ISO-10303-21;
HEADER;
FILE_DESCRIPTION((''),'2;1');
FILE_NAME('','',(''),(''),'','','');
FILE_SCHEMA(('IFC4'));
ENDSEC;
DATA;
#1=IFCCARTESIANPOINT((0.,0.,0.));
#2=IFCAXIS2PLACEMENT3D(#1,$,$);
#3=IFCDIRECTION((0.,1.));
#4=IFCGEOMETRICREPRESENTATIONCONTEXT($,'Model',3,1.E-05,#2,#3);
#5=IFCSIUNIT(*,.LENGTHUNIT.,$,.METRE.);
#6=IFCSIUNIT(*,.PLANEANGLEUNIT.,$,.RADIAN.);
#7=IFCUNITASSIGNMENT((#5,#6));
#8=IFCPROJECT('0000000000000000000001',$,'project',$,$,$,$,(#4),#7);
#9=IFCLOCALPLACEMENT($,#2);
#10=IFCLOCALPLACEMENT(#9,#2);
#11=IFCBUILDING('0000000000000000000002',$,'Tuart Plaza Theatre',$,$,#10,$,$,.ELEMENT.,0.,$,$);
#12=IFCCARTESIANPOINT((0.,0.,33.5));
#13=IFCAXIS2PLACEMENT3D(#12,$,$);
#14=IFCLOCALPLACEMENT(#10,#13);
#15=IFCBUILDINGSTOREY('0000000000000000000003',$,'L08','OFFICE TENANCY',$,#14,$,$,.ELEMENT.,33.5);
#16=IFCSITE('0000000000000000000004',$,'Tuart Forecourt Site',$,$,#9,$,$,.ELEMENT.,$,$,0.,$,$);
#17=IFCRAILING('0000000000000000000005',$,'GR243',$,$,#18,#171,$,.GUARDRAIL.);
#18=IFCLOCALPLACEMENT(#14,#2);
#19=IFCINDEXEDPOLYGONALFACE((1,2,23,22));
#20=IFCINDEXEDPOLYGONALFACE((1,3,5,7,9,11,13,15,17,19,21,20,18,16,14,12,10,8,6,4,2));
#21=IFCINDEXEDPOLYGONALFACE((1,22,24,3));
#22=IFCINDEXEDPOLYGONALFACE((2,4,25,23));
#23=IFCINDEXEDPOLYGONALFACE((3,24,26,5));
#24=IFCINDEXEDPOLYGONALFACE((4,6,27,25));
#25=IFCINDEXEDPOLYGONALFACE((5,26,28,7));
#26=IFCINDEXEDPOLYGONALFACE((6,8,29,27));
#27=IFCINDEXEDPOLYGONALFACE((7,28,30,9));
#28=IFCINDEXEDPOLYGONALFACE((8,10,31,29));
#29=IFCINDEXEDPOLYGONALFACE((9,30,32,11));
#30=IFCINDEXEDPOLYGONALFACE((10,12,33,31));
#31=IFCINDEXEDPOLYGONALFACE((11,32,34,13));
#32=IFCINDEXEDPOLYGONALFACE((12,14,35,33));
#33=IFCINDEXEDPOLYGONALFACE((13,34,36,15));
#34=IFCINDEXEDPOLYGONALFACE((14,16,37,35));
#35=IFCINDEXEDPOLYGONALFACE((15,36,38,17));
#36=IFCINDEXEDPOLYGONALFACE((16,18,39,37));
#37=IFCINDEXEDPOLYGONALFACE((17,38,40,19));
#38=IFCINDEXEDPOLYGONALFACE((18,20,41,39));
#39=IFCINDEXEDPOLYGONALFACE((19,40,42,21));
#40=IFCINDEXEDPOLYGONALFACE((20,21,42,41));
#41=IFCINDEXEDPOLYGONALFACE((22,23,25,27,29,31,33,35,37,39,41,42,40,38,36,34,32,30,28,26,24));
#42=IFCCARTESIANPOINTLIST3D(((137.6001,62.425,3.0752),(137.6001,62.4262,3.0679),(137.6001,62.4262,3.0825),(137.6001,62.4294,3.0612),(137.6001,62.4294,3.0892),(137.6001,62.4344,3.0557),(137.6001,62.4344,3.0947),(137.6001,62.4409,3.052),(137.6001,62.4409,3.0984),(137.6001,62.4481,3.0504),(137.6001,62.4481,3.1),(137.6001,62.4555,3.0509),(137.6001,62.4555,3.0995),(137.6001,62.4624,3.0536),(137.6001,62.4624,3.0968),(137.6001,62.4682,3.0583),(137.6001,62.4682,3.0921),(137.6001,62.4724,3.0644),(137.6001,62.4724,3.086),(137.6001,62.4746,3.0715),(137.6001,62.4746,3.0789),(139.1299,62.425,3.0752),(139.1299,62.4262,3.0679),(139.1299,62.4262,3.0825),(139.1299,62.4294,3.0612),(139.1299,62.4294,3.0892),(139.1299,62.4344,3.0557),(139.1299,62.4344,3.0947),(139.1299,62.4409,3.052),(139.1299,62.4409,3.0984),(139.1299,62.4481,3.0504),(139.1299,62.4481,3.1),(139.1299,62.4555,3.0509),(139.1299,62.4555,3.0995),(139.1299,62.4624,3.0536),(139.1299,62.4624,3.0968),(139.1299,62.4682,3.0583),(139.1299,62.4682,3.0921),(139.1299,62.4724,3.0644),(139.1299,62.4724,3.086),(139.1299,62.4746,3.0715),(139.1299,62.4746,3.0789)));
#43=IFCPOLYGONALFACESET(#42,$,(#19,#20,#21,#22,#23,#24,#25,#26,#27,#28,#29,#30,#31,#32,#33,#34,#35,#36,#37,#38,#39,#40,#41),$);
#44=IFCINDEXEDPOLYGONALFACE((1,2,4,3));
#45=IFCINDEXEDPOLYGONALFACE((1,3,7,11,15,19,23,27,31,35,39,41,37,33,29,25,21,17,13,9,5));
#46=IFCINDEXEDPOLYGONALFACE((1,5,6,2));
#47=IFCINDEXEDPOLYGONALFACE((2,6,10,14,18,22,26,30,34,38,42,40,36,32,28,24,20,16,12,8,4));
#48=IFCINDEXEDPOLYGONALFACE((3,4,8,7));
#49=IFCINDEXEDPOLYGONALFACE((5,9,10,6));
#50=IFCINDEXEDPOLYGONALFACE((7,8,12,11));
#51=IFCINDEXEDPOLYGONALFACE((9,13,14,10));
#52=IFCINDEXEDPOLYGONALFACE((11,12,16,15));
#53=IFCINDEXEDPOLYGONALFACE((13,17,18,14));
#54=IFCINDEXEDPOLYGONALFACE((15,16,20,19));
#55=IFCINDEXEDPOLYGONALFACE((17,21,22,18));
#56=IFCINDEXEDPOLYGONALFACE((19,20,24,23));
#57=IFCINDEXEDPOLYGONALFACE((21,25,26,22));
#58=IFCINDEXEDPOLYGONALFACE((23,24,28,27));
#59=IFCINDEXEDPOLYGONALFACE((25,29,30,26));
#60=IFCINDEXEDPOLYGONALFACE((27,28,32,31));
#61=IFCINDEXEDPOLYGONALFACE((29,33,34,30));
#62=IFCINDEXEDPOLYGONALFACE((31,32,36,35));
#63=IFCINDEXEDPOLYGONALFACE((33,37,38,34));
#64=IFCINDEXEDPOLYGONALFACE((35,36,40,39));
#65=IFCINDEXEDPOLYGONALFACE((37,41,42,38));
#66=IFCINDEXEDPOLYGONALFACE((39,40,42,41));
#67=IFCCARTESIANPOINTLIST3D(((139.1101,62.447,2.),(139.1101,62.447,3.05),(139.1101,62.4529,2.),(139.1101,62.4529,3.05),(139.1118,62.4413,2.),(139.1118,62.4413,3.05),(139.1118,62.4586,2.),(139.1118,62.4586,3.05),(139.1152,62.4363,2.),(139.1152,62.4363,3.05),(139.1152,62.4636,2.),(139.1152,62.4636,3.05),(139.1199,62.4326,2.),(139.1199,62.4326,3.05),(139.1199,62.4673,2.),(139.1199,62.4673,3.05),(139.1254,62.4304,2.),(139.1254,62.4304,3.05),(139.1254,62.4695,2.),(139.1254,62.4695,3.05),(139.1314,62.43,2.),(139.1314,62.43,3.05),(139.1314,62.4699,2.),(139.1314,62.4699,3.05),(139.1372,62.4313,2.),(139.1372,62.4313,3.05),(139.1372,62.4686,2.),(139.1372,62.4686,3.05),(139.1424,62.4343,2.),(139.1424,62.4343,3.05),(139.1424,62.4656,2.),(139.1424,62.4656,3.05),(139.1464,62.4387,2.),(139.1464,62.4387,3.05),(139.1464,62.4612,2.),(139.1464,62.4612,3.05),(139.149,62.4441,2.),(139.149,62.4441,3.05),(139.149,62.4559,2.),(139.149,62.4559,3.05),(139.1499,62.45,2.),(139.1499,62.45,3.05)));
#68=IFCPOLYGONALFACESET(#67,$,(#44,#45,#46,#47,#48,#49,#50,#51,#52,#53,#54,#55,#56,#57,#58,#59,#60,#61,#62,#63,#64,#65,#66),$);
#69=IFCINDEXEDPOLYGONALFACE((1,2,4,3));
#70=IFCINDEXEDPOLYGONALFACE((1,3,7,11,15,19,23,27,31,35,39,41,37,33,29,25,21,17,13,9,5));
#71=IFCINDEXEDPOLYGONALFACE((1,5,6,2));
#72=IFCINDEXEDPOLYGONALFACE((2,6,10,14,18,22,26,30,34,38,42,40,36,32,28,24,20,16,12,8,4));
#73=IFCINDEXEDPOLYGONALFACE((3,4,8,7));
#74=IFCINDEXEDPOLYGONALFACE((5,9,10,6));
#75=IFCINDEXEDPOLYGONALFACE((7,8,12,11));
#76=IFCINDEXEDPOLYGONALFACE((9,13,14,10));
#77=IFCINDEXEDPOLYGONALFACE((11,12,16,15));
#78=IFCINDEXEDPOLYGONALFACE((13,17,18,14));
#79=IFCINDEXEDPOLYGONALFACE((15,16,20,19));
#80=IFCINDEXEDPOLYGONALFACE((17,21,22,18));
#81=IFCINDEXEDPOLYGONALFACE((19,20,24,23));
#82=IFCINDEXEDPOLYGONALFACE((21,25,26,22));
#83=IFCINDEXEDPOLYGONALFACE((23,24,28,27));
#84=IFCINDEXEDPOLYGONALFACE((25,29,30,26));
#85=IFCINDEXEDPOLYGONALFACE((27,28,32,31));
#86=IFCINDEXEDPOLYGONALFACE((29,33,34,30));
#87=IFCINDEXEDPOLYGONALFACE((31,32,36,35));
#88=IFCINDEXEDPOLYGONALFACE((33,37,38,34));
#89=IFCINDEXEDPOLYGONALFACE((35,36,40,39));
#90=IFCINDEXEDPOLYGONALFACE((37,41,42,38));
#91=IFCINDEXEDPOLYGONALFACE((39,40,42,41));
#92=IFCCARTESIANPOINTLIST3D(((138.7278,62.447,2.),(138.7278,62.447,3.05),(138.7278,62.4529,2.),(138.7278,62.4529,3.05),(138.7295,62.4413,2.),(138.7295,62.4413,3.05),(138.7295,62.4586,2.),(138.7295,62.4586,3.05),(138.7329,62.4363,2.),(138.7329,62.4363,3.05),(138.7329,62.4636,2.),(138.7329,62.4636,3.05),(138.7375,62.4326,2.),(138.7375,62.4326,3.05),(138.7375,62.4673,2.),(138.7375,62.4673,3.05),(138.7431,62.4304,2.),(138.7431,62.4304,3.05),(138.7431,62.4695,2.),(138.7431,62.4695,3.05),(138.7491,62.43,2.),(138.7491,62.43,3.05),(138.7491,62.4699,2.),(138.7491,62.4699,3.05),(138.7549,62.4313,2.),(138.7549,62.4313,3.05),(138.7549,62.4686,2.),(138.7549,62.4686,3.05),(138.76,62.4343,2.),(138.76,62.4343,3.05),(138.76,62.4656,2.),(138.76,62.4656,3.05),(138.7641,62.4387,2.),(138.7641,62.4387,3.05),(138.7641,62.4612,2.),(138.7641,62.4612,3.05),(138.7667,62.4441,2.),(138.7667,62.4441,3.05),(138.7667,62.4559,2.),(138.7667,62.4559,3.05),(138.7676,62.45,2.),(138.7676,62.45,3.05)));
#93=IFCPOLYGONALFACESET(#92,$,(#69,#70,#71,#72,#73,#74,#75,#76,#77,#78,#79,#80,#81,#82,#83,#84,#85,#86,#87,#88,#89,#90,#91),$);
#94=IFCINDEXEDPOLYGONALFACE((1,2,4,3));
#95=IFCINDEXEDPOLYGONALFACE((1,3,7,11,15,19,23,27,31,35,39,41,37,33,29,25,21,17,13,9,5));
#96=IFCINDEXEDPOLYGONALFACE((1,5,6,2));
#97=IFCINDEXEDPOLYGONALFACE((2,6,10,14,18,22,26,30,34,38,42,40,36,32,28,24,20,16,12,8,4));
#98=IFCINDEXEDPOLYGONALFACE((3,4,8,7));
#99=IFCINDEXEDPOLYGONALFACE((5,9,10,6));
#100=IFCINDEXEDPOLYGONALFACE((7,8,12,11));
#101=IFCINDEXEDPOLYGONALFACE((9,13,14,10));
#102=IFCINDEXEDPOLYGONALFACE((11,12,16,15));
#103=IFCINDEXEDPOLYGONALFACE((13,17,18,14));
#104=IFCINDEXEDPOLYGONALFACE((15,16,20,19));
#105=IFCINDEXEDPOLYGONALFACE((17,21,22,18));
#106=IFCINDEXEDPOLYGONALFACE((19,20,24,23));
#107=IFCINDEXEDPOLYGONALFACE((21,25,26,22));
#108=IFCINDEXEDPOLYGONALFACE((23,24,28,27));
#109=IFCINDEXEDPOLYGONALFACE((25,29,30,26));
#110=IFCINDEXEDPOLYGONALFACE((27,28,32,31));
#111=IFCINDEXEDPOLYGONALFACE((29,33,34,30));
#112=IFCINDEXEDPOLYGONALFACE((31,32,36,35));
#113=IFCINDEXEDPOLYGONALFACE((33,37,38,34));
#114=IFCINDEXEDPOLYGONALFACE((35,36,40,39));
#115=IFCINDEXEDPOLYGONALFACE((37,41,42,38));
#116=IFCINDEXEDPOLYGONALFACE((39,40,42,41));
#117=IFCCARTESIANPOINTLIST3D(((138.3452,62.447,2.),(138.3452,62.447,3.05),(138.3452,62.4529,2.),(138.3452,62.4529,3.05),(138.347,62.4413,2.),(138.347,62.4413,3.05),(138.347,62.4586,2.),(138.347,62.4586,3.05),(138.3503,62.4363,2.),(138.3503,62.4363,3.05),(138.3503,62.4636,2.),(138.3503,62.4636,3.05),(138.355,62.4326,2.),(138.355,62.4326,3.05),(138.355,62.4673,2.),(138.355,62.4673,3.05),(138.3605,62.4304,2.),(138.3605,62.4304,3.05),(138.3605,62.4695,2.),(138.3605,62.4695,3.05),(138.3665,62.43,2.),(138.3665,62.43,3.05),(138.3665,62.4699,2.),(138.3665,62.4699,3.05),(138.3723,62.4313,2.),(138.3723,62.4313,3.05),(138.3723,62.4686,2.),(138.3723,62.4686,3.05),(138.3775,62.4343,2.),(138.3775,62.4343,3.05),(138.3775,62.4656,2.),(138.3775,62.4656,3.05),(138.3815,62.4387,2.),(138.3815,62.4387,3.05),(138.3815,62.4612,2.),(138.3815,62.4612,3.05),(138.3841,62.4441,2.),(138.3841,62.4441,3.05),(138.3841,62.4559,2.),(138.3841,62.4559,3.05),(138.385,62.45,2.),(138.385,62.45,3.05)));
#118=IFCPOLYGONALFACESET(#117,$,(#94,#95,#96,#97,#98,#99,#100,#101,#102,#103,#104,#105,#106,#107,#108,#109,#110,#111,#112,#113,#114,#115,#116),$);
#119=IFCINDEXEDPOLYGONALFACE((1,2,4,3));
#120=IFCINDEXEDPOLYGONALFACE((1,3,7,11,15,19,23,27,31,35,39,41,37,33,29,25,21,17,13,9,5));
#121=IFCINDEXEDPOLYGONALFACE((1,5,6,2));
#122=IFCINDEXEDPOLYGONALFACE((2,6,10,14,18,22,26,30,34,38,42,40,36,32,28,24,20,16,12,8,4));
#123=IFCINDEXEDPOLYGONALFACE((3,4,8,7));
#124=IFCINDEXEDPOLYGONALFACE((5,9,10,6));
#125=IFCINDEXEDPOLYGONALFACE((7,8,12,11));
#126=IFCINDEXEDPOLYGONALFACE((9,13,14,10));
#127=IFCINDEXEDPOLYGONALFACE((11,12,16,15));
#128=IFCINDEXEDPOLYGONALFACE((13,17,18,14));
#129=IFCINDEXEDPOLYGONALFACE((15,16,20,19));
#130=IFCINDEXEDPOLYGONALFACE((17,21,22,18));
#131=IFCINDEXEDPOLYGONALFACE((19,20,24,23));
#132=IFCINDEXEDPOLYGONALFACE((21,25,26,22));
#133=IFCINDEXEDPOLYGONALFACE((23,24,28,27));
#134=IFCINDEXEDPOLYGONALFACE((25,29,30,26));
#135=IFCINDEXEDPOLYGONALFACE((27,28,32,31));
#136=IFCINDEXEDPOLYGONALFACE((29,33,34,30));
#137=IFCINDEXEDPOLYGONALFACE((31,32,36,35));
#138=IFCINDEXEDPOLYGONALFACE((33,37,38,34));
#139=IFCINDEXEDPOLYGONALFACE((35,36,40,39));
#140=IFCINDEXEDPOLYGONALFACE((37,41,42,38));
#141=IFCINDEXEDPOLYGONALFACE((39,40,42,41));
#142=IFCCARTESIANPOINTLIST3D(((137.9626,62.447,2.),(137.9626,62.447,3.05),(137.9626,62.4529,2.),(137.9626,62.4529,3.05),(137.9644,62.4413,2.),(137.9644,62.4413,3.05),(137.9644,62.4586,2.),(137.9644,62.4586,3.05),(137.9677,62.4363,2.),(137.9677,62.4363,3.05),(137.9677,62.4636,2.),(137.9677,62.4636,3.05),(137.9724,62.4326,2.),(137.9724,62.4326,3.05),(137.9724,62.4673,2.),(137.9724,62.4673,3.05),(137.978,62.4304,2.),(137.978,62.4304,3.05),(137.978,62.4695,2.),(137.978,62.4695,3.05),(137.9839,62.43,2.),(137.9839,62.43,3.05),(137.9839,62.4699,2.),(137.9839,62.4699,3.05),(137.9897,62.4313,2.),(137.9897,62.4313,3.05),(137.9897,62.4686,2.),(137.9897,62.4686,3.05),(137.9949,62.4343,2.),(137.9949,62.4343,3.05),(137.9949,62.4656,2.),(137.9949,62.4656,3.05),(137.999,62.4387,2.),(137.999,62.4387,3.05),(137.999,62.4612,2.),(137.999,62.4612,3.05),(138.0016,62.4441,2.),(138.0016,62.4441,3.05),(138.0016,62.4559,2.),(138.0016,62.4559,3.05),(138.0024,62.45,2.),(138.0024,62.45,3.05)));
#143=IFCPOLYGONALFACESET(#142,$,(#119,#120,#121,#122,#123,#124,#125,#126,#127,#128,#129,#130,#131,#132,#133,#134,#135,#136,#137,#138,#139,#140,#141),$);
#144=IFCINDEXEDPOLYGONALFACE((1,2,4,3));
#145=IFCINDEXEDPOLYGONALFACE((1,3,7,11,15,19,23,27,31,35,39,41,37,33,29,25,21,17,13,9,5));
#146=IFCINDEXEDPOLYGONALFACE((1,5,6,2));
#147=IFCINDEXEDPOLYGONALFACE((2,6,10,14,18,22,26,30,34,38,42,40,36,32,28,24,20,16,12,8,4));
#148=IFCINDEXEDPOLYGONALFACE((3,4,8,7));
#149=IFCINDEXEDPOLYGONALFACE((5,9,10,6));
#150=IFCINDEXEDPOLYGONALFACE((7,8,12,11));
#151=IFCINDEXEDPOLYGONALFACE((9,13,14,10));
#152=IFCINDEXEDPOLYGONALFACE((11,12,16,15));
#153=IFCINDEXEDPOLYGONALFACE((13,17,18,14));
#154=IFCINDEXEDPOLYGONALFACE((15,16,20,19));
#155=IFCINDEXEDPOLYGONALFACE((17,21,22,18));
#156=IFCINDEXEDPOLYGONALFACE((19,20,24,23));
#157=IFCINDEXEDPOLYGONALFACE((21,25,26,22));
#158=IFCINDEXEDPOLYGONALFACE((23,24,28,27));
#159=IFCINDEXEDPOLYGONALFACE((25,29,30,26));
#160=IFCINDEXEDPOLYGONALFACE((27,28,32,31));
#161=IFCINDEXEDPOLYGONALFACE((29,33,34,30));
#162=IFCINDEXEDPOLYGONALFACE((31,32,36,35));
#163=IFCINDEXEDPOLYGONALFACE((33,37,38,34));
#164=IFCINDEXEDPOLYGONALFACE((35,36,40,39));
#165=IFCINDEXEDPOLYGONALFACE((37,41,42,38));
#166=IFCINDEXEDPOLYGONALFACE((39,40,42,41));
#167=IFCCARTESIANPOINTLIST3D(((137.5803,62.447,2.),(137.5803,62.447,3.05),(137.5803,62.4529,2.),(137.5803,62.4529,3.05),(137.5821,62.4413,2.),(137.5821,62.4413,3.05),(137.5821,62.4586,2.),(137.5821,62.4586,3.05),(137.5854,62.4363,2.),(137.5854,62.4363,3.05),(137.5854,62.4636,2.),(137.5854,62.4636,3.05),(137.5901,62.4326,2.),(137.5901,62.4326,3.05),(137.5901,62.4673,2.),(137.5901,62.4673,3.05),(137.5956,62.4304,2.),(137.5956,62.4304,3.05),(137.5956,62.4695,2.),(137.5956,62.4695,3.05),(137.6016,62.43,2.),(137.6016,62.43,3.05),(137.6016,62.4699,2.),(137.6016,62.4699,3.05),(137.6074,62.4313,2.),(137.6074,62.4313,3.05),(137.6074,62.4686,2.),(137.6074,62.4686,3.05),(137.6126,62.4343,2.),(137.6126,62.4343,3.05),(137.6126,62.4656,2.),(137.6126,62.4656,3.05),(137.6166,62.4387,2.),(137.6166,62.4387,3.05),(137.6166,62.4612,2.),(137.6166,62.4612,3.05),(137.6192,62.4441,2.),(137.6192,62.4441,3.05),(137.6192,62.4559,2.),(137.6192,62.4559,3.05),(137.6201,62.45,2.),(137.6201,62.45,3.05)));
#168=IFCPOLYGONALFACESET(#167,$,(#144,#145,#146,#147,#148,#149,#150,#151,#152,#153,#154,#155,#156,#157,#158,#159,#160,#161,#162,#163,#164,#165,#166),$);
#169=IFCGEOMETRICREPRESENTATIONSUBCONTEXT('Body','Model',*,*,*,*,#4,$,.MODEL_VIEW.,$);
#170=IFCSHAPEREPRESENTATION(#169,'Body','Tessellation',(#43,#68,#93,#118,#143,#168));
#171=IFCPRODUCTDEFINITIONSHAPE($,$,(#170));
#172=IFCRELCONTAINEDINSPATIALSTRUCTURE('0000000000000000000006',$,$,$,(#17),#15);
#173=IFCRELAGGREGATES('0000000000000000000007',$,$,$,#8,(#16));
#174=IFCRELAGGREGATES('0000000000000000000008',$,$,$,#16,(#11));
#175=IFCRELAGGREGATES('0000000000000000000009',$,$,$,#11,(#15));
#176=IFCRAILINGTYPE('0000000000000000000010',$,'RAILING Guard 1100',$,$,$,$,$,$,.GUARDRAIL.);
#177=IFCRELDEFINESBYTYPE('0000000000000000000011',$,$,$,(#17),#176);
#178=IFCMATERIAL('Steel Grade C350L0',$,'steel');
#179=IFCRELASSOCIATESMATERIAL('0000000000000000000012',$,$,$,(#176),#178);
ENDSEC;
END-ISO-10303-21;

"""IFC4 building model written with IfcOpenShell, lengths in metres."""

from ifc_helpers import new_model, si_unit, direction, frame, origin, origin_2d, place, context, subcontext, project, spatial, circle, extrude, material, type_object, element, save


model = new_model("IFC4")

# Units and contexts
model_context = context("Model", 3, precision=1e-05, world=origin(), true_north=direction((0.0, 1.0)))
body_context = subcontext(model_context, "Body", "Model", "MODEL_VIEW")
ifc_project = project(units=[si_unit("LENGTHUNIT", "METRE"), si_unit("PLANEANGLEUNIT", "RADIAN")], contexts=[model_context])

# Site, building, storey
site_placement = place(None, origin())
site = spatial("IfcSite", under=ifc_project, at=site_placement, Name="Tuart Forecourt Site", CompositionType="ELEMENT", RefElevation=0.0)
building_placement = place(site_placement, origin())
building = spatial("IfcBuilding", under=site, at=building_placement, Name="Tuart Plaza Theatre", CompositionType="ELEMENT", ElevationOfRefHeight=0.0)
storey_placement = place(building_placement, frame((0.0, 0.0, 33.5)))
storey = spatial("IfcBuildingStorey", under=building, at=storey_placement, Name="L08", Description="OFFICE TENANCY", CompositionType="ELEMENT", Elevation=33.5)

# Railing
ifc_material_1 = material(Name="Steel Grade C350L0", Category="steel")
railing_type_1 = type_object("IfcRailingType", Name="RAILING Guard 1100", PredefinedType="GUARDRAIL", material=ifc_material_1)
railing_1_placement = place(storey_placement, frame((139.1299, 62.45, 2.0)))
element("IfcRailing", 1, at=railing_1_placement, inside=storey, type_object=railing_type_1, Name="GR243", PredefinedType="GUARDRAIL", context=body_context, shape_type="SweptSolid", body=[
    extrude(circle(Radius=0.0249, at=origin_2d()), frame((0.0, 0.0, 1.0752), z_axis=(-1.0, 0.0, 0.0), x_axis=(0.0, -1.0, 0.0)), (0.0, 0.0, 1.0), 1.5298),
    extrude(circle(Radius=0.02, at=origin_2d()), origin(), (0.0, 0.0, 1.0), 1.05),
    extrude(circle(Radius=0.02, at=origin_2d()), frame((-0.3823, 0.0, 0.0)), (0.0, 0.0, 1.0), 1.05),
    extrude(circle(Radius=0.02, at=origin_2d()), frame((-0.7649, 0.0, 0.0)), (0.0, 0.0, 1.0), 1.05),
    extrude(circle(Radius=0.02, at=origin_2d()), frame((-1.1475, 0.0, 0.0)), (0.0, 0.0, 1.0), 1.05),
    extrude(circle(Radius=0.02, at=origin_2d()), frame((-1.5298, 0.0, 0.0)), (0.0, 0.0, 1.0), 1.05),
])

save(model, "model.ifc")
